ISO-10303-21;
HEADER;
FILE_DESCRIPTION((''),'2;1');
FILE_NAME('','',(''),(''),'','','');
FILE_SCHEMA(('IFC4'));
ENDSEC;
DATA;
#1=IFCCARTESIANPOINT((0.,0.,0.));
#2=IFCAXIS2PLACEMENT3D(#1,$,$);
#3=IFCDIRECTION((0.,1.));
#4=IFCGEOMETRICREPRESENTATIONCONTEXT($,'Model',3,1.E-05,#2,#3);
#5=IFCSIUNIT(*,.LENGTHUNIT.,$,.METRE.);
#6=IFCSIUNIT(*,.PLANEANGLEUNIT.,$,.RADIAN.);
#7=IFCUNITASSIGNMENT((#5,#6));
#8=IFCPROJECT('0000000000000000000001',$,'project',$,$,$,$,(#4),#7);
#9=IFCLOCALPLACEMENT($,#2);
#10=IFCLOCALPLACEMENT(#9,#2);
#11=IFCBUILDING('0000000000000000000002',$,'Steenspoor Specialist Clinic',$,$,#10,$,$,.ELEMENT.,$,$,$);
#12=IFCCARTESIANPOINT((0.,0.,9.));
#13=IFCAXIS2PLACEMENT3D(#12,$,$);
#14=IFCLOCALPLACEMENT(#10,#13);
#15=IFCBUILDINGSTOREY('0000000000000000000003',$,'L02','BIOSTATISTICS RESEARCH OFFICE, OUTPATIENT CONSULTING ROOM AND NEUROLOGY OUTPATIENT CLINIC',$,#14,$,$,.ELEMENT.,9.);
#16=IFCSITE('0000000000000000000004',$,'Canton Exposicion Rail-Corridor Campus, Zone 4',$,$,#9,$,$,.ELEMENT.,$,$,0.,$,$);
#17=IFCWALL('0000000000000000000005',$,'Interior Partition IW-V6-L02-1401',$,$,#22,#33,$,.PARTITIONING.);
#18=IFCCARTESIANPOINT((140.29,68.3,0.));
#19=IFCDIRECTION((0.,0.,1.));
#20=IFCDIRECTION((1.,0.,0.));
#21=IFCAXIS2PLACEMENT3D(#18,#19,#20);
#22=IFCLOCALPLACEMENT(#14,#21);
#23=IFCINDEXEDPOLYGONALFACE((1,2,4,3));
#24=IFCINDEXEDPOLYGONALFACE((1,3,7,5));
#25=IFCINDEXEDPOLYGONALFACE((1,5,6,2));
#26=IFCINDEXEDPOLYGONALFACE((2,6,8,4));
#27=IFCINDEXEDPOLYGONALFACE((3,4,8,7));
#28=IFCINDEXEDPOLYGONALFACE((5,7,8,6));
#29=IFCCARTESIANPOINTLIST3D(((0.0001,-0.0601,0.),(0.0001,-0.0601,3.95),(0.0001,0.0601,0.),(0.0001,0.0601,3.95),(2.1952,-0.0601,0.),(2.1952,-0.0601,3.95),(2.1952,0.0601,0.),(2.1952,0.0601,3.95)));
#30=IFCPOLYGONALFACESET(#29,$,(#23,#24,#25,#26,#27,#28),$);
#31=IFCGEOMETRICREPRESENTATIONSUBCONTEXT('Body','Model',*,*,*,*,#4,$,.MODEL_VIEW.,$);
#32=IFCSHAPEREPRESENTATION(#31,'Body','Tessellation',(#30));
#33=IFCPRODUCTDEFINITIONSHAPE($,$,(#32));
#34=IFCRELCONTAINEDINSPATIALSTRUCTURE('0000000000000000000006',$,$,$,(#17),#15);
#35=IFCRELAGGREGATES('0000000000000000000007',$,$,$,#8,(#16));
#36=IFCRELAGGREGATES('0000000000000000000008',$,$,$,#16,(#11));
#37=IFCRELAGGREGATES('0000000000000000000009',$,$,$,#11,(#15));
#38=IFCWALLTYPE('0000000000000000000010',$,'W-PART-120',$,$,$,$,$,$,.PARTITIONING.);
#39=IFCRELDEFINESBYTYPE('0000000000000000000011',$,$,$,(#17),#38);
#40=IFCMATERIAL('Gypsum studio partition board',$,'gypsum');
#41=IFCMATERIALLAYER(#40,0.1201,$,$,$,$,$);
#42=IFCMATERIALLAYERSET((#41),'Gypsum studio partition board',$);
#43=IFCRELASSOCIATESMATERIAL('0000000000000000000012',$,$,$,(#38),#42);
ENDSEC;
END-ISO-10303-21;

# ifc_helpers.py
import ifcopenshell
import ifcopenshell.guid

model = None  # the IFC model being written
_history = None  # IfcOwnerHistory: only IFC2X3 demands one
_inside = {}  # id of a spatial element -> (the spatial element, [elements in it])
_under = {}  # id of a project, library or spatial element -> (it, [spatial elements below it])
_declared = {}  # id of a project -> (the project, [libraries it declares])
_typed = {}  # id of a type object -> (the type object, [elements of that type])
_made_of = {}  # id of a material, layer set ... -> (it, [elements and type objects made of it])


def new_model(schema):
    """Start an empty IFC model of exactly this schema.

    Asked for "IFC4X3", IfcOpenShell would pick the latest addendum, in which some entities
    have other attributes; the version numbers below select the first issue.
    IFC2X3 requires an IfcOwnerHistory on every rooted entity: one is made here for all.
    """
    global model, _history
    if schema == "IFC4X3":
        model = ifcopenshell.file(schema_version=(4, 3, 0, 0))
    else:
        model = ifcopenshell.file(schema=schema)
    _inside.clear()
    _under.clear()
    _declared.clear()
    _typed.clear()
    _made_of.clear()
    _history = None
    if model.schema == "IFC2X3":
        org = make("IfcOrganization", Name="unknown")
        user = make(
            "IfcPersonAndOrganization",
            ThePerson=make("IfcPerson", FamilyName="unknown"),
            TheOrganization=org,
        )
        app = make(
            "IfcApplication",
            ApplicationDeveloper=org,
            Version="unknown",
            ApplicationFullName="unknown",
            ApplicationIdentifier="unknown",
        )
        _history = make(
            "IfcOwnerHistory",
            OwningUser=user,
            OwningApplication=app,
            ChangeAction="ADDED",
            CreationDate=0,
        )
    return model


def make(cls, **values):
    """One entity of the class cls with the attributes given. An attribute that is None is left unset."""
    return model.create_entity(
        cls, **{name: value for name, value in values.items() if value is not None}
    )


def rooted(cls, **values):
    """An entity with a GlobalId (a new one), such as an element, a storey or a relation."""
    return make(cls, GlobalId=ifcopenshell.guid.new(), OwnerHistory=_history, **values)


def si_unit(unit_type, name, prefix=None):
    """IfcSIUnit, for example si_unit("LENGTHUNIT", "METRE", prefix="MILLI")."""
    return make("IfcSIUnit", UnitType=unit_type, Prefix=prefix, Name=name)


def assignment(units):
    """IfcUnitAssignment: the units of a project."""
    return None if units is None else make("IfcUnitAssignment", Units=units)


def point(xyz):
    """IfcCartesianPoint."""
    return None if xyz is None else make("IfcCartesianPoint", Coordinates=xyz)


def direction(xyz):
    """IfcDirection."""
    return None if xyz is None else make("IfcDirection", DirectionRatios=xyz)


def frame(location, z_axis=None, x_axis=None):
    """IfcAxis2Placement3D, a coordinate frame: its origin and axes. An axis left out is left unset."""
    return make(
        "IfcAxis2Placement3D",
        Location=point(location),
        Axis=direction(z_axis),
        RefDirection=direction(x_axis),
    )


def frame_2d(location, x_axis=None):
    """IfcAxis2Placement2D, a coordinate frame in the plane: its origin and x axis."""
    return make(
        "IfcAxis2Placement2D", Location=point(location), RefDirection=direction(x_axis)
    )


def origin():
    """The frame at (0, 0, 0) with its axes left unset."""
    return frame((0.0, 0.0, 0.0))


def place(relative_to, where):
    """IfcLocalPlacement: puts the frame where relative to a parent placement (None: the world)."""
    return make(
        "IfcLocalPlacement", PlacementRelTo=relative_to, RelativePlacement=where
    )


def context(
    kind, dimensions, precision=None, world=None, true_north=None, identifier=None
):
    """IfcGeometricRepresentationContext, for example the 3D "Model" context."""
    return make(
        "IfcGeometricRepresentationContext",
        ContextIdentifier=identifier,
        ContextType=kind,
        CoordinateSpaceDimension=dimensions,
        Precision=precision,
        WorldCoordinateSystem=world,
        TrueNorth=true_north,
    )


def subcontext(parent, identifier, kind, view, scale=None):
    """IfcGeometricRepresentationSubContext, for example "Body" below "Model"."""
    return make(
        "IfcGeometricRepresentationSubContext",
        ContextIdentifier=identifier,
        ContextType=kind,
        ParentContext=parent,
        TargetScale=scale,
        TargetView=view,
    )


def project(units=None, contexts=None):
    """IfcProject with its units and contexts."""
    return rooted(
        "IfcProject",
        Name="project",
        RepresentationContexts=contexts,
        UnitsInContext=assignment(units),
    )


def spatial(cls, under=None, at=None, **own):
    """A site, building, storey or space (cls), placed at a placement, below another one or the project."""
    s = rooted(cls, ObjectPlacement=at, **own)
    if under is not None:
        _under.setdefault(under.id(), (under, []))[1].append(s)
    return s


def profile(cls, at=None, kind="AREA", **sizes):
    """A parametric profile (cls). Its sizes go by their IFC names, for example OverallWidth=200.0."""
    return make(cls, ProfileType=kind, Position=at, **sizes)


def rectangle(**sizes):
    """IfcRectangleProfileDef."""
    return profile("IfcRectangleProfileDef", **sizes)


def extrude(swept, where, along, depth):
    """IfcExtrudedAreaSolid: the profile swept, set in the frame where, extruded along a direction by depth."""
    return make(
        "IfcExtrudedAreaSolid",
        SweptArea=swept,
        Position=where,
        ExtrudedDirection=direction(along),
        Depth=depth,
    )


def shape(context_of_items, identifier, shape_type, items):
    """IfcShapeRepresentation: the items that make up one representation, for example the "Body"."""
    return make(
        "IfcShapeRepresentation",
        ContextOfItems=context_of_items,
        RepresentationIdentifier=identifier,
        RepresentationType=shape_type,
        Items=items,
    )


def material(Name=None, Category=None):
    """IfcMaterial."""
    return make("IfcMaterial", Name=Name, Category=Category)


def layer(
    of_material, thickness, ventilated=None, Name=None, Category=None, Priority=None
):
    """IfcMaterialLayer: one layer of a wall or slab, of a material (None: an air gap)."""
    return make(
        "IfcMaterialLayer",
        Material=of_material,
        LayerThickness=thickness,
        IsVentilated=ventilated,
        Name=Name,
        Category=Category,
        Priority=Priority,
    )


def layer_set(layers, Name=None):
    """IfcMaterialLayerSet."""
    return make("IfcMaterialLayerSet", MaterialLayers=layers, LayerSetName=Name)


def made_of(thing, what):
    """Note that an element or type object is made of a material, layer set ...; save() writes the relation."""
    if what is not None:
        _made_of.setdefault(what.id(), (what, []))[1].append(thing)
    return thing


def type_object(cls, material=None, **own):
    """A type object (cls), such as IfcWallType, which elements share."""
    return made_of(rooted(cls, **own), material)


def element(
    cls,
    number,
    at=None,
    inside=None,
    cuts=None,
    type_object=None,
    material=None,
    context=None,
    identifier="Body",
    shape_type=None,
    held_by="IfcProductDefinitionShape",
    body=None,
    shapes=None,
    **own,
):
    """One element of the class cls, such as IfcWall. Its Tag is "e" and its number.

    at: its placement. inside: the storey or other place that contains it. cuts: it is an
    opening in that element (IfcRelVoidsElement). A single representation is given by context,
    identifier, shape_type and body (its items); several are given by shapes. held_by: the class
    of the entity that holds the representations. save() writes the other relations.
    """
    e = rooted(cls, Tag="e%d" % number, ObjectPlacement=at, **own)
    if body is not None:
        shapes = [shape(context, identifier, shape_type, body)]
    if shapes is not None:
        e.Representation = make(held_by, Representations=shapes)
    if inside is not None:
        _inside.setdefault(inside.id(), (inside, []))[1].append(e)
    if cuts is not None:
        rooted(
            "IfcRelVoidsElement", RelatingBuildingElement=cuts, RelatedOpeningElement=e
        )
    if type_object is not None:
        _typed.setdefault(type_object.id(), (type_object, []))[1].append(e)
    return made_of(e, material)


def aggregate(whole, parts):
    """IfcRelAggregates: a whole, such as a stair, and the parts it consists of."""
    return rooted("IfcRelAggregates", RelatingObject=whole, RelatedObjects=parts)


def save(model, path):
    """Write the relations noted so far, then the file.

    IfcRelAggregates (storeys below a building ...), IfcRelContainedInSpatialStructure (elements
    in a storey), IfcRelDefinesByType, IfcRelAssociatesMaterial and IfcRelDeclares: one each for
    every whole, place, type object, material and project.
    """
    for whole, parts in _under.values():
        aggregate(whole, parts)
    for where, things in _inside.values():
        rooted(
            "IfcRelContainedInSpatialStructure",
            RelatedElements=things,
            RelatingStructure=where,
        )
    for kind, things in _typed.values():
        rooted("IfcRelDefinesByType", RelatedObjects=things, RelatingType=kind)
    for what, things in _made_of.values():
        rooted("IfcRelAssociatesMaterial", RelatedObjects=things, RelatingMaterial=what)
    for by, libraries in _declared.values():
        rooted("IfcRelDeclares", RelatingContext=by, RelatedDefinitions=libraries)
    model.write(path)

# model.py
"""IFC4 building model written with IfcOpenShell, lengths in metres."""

from ifc_helpers import new_model, si_unit, direction, frame, frame_2d, origin, place, context, subcontext, project, spatial, rectangle, extrude, material, layer, layer_set, type_object, element, save


model = new_model("IFC4")

# Units and contexts
model_context = context("Model", 3, precision=1e-05, world=origin(), true_north=direction((0.0, 1.0)))
body_context = subcontext(model_context, "Body", "Model", "MODEL_VIEW")
ifc_project = project(units=[si_unit("LENGTHUNIT", "METRE"), si_unit("PLANEANGLEUNIT", "RADIAN")], contexts=[model_context])

# Site, building, storey
site_placement = place(None, origin())
site = spatial("IfcSite", under=ifc_project, at=site_placement, Name="Canton Exposicion Rail-Corridor Campus, Zone 4", CompositionType="ELEMENT", RefElevation=0.0)
building_placement = place(site_placement, origin())
building = spatial("IfcBuilding", under=site, at=building_placement, Name="Steenspoor Specialist Clinic", CompositionType="ELEMENT")
storey_placement = place(building_placement, frame((0.0, 0.0, 9.0)))
storey = spatial("IfcBuildingStorey", under=building, at=storey_placement, Name="L02", Description="BIOSTATISTICS RESEARCH OFFICE, OUTPATIENT CONSULTING ROOM AND NEUROLOGY OUTPATIENT CLINIC", CompositionType="ELEMENT", Elevation=9.0)

# Wall
ifc_material_1 = material(Name="Gypsum studio partition board", Category="gypsum")
ifc_layer_1 = layer(ifc_material_1, 0.1201)
ifc_layer_set_1 = layer_set([ifc_layer_1], Name="Gypsum studio partition board")
wall_type_1 = type_object("IfcWallType", Name="W-PART-120", PredefinedType="PARTITIONING", material=ifc_layer_set_1)
wall_1_placement = place(storey_placement, frame((140.29, 68.3, 0.0), z_axis=(0.0, 0.0, 1.0), x_axis=(1.0, 0.0, 0.0)))
element("IfcWall", 1, at=wall_1_placement, inside=storey, type_object=wall_type_1, Name="Interior Partition IW-V6-L02-1401", PredefinedType="PARTITIONING", context=body_context, shape_type="SweptSolid", body=[
    extrude(rectangle(XDim=2.1951, YDim=0.1201, at=frame_2d((1.0977, 0.0))), origin(), (0.0, 0.0, 1.0), 3.95),
])

save(model, "model.ifc")
